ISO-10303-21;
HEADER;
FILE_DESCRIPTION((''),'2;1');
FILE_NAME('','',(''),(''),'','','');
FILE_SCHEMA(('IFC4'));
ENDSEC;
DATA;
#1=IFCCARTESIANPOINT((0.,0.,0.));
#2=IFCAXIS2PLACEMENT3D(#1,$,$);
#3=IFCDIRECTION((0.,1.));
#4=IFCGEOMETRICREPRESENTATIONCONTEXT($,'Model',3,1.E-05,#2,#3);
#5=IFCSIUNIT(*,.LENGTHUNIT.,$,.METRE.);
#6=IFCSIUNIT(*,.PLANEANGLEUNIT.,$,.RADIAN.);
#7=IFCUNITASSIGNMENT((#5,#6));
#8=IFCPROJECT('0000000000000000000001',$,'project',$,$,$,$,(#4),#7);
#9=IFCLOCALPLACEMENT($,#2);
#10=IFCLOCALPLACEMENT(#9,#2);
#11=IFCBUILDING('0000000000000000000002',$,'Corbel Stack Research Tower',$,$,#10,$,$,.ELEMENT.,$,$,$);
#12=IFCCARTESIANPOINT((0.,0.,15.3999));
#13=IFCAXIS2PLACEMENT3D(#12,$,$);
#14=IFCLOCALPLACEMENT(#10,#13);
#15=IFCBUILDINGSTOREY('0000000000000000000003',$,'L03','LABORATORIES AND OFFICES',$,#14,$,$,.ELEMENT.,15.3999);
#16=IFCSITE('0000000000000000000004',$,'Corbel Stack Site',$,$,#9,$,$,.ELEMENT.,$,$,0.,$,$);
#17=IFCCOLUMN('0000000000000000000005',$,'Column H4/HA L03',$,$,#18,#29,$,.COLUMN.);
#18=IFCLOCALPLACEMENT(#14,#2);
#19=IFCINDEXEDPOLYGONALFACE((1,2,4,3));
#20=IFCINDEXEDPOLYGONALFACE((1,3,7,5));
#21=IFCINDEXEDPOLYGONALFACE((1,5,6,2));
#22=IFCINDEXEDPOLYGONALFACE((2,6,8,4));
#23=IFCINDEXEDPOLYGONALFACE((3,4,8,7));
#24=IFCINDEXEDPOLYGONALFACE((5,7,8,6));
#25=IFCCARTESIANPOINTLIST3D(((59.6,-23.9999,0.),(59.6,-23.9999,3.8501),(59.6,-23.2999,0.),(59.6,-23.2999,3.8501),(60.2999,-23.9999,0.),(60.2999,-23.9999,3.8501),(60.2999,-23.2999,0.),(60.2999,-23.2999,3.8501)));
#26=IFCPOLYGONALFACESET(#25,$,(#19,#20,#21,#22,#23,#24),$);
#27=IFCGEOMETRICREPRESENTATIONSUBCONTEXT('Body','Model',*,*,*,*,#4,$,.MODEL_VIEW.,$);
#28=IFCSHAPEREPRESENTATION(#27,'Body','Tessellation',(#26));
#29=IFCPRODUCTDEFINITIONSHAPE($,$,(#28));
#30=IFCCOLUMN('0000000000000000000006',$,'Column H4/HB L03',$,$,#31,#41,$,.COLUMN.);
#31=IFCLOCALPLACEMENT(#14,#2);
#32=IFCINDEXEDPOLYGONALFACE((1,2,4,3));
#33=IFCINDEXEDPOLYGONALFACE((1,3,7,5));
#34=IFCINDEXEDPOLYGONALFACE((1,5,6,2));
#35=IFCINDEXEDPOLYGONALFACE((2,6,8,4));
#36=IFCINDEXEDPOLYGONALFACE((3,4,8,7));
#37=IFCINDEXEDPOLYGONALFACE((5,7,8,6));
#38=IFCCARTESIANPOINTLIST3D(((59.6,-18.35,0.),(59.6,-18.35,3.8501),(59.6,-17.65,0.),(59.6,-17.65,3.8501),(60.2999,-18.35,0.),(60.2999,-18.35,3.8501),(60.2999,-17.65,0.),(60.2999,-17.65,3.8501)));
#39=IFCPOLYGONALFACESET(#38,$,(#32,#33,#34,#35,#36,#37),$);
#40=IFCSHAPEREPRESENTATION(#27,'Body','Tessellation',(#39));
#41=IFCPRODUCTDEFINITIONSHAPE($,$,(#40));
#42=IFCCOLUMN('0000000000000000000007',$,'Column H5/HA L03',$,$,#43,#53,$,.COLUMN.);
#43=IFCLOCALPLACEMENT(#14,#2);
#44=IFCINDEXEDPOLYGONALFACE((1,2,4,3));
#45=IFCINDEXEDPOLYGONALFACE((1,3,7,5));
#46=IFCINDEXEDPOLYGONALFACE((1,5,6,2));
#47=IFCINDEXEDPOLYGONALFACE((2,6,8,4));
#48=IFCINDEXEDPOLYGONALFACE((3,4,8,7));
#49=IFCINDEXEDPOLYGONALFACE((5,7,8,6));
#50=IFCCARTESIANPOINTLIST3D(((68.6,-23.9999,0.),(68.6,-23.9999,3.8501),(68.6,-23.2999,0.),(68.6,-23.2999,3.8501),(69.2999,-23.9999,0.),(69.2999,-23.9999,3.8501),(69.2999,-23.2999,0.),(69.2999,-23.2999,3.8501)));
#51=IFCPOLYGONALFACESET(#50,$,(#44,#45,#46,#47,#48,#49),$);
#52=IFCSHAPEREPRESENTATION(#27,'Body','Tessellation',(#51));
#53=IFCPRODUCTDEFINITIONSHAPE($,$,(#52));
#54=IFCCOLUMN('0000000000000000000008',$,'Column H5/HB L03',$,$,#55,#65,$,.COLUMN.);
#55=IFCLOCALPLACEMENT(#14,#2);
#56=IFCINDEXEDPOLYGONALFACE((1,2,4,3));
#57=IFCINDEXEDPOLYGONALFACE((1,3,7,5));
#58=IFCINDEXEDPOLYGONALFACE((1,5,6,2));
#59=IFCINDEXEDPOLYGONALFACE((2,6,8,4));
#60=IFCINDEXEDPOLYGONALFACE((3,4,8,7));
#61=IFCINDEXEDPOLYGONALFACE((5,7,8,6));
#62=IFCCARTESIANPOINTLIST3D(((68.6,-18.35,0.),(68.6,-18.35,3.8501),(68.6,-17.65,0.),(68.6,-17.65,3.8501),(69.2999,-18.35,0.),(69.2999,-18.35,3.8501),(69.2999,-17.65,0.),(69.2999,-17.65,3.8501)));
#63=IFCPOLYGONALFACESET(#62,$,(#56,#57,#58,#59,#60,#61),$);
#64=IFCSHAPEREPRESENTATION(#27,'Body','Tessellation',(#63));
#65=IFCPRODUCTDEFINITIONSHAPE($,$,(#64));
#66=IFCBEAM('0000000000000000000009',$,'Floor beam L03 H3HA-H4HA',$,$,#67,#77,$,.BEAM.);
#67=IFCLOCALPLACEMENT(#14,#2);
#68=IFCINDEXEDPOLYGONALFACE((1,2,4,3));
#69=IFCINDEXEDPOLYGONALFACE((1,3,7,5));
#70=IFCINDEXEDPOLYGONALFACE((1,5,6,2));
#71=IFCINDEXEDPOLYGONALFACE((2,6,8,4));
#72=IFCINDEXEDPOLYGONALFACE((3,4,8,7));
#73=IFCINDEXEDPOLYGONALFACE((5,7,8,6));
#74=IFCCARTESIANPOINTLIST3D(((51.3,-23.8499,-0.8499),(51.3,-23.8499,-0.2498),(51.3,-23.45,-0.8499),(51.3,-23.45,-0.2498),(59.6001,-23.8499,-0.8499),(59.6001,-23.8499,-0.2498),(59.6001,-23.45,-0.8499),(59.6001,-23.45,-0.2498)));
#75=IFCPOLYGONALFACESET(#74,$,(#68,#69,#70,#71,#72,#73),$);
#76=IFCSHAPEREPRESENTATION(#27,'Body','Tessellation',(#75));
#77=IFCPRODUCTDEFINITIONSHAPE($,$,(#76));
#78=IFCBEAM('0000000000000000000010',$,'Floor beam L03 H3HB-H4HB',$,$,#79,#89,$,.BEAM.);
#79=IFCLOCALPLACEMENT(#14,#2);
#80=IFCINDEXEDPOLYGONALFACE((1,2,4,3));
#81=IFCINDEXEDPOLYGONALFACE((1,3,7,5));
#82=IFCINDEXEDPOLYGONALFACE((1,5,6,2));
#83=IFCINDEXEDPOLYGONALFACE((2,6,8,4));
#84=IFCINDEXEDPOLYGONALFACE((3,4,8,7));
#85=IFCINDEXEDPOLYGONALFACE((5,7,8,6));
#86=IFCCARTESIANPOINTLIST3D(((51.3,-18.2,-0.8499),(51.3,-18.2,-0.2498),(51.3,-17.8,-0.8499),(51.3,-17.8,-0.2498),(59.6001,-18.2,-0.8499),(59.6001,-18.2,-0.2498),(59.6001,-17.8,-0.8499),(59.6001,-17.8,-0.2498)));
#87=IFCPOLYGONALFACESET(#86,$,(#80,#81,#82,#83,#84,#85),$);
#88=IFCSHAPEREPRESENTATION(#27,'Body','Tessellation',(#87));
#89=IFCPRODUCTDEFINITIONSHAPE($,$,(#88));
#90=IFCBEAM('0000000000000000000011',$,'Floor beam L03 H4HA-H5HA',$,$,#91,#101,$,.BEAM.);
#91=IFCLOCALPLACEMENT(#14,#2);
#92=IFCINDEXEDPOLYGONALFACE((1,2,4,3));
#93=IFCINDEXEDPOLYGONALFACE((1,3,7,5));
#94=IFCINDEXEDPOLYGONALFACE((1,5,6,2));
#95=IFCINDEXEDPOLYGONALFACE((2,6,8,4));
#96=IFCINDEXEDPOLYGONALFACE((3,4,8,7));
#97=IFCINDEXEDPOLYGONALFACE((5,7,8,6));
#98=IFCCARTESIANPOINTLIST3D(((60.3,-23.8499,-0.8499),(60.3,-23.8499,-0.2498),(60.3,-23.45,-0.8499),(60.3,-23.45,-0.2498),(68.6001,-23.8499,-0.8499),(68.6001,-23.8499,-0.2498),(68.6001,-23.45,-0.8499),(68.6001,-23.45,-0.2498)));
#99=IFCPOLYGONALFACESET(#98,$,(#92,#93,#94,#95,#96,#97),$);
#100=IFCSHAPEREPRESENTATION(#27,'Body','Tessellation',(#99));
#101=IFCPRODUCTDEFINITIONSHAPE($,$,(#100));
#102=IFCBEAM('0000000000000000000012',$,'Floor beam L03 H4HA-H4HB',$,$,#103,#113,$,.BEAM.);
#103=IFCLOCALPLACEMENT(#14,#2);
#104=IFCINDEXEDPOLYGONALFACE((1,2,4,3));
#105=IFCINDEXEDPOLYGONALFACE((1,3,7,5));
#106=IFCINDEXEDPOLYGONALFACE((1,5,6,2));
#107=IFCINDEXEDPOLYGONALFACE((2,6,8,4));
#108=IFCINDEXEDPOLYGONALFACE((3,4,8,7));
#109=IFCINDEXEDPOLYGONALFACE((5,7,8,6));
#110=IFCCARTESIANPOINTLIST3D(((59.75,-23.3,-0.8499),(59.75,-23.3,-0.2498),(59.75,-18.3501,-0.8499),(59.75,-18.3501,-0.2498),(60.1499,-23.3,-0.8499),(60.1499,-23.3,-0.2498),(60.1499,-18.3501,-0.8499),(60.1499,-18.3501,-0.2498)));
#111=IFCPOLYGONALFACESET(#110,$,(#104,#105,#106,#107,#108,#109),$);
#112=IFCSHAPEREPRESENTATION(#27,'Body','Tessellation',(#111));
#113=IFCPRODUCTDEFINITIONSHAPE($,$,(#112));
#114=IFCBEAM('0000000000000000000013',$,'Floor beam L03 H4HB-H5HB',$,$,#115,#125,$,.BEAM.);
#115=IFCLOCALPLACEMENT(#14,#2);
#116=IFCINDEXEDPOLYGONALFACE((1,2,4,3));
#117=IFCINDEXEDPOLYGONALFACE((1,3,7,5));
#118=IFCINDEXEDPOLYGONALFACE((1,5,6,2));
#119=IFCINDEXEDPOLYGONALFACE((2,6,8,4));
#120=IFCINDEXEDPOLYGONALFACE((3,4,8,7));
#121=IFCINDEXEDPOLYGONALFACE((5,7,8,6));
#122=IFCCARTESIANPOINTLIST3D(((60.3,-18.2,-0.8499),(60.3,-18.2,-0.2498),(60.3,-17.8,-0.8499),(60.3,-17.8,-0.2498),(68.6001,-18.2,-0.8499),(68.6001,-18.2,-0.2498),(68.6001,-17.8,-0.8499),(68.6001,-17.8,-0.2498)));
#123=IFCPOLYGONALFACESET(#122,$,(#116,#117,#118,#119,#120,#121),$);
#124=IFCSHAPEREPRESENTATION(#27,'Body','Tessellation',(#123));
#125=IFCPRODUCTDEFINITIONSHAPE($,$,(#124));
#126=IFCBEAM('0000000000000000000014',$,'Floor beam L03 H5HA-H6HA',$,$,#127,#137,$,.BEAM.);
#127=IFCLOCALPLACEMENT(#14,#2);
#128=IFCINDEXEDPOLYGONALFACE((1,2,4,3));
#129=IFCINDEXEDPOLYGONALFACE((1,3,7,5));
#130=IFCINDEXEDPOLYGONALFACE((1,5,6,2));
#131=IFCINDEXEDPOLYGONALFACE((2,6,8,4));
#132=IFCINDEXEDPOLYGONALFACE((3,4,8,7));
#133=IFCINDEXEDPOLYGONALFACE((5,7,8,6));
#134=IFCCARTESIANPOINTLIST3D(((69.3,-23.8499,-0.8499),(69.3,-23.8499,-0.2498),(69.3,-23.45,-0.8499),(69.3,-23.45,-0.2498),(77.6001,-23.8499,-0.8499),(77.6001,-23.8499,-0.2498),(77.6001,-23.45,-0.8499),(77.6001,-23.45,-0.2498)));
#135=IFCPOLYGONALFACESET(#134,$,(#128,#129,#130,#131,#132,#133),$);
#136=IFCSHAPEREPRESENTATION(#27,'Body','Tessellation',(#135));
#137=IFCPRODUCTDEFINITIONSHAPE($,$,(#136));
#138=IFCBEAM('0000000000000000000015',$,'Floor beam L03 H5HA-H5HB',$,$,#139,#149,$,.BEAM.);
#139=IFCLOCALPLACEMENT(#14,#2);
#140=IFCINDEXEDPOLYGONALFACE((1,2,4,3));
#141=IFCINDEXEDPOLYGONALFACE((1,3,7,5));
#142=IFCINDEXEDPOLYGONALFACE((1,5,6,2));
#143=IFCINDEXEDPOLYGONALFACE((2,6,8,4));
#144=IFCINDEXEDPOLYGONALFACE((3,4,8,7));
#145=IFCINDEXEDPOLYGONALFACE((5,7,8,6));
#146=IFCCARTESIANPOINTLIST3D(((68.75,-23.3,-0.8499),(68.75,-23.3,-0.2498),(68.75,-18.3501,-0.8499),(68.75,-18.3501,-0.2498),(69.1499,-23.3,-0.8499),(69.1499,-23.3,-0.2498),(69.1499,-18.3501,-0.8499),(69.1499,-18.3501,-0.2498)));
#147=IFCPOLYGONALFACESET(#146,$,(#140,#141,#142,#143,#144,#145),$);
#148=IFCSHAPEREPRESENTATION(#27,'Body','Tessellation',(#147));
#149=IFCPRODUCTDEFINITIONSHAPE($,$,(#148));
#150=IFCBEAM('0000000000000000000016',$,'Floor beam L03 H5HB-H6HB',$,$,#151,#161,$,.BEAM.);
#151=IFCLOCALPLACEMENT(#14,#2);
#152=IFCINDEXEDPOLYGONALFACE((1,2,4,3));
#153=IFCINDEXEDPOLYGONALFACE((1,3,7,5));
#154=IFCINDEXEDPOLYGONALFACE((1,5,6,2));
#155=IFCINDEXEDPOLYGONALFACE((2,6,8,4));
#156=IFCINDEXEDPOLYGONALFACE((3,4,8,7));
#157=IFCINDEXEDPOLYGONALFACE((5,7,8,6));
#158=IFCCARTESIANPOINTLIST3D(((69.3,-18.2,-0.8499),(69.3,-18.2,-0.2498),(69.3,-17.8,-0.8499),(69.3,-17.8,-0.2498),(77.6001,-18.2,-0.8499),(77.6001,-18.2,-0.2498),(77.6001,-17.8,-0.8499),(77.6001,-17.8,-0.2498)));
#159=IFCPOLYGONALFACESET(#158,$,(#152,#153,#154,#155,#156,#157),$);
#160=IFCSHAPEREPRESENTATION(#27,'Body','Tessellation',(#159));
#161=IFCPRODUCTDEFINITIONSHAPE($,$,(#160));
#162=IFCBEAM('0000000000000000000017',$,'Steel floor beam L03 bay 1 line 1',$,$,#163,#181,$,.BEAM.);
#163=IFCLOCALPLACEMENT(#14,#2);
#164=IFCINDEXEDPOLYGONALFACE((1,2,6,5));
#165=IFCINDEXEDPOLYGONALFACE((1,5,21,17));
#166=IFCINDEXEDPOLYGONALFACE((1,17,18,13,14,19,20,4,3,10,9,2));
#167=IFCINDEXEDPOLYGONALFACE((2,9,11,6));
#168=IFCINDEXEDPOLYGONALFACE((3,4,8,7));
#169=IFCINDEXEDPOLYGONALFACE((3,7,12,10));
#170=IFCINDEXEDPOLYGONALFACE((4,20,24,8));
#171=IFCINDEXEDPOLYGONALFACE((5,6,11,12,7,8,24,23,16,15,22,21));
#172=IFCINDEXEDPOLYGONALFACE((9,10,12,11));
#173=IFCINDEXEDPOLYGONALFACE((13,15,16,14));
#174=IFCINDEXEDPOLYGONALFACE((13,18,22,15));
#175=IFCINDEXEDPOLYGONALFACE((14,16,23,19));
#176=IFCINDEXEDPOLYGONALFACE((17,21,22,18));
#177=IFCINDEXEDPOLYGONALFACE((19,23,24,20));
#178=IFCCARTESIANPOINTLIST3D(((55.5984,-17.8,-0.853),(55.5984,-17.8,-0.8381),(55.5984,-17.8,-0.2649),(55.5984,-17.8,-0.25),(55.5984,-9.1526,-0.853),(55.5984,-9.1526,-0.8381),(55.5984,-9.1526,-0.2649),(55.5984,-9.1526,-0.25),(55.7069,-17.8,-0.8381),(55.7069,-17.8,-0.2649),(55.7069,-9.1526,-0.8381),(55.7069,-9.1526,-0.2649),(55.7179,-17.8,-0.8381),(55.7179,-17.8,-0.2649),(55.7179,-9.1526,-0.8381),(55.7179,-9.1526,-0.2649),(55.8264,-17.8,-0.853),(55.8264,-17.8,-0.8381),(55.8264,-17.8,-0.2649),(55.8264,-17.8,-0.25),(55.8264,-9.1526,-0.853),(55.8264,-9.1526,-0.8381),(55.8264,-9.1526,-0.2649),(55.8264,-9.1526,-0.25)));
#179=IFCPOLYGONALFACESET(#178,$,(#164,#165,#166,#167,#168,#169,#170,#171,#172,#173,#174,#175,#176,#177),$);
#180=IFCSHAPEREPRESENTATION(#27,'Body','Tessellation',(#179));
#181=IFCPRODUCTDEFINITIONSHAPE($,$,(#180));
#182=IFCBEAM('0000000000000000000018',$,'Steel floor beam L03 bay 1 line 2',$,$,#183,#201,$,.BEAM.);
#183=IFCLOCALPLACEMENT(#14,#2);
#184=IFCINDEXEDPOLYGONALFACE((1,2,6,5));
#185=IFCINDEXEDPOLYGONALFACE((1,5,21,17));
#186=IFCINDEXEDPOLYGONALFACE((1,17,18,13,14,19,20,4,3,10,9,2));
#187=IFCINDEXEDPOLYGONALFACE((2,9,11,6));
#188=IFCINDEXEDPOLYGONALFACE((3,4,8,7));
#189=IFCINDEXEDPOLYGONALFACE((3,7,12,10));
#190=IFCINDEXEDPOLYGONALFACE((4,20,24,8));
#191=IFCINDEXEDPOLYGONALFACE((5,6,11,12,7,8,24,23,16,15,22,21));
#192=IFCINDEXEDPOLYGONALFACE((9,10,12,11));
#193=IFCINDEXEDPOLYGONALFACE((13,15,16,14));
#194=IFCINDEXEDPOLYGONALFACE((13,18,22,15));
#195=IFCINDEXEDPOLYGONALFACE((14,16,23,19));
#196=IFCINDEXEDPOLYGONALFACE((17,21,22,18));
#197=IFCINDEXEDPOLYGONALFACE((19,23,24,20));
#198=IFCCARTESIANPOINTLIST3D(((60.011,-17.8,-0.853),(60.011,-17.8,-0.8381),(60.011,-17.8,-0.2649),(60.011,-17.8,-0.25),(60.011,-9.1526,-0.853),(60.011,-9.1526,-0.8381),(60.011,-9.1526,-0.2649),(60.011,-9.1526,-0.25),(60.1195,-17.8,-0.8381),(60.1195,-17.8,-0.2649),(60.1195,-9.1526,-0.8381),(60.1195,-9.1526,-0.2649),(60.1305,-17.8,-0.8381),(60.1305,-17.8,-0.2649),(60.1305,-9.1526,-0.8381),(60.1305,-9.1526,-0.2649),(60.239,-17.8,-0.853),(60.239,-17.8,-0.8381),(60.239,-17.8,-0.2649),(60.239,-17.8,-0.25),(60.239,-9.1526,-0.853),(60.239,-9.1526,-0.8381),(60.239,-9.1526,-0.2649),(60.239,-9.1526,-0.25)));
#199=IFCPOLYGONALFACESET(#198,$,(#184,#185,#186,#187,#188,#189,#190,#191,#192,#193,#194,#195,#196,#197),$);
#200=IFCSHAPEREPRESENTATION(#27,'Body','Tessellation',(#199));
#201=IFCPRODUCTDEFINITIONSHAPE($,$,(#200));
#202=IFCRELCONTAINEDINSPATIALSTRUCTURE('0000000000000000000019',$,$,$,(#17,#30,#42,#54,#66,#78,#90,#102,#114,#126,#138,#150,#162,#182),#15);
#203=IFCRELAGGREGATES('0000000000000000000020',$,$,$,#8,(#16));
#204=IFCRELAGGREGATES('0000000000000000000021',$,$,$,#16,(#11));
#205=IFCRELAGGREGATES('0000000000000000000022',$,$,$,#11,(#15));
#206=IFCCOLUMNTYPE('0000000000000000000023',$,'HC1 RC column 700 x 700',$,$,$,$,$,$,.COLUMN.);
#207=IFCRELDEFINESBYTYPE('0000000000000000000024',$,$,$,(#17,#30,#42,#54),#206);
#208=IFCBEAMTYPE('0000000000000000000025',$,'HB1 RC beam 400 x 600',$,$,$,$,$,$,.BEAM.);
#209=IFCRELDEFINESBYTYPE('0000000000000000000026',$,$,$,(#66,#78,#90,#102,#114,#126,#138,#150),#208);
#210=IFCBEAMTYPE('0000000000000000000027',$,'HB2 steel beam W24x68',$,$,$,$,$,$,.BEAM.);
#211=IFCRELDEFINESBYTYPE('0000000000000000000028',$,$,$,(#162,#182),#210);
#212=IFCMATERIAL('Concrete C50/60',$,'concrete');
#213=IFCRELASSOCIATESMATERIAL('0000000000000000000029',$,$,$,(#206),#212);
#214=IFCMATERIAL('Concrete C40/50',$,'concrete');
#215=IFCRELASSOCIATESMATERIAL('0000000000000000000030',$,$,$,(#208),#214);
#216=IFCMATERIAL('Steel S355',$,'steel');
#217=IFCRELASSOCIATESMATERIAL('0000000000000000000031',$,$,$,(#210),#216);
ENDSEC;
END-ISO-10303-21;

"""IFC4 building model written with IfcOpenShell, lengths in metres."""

from ifc_helpers import new_model, si_unit, direction, frame, origin, origin_2d, place, context, subcontext, project, spatial, rectangle, i_section, extrude, material, material_profile, profile_set, type_object, element, save


model = new_model("IFC4")

# Units and contexts
model_context = context("Model", 3, precision=1e-05, world=origin(), true_north=direction((0.0, 1.0)))
body_context = subcontext(model_context, "Body", "Model", "MODEL_VIEW")
ifc_project = project(units=[si_unit("LENGTHUNIT", "METRE"), si_unit("PLANEANGLEUNIT", "RADIAN")], contexts=[model_context])

# Site, building, storey
site_placement = place(None, origin())
site = spatial("IfcSite", under=ifc_project, at=site_placement, Name="Corbel Stack Site", CompositionType="ELEMENT", RefElevation=0.0)
building_placement = place(site_placement, origin())
building = spatial("IfcBuilding", under=site, at=building_placement, Name="Corbel Stack Research Tower", CompositionType="ELEMENT")
storey_placement = place(building_placement, frame((0.0, 0.0, 15.3999)))
storey = spatial("IfcBuildingStorey", under=building, at=storey_placement, Name="L03", Description="LABORATORIES AND OFFICES", CompositionType="ELEMENT", Elevation=15.3999)

# Columns
ifc_material_1 = material(Name="Concrete C50/60", Category="concrete")
ifc_material_profile_1 = material_profile(ifc_material_1, rectangle(XDim=0.7, YDim=0.7, at=origin_2d()), Name="RC 700 x 700")
ifc_profile_set_1 = profile_set([ifc_material_profile_1], Name="Concrete C50/60")
column_type = type_object("IfcColumnType", Name="HC1 RC column 700 x 700", PredefinedType="COLUMN", material=ifc_profile_set_1)
for number, where, z_axis, x_axis, name in (
    (1, (59.95, -23.6499, 0.0), (0.0, 0.0, 1.0), (1.0, 0.0, 0.0), "Column H4/HA L03"),
    (2, (59.95, -18.0, 0.0), (0.0, 0.0, 1.0), (1.0, 0.0, 0.0), "Column H4/HB L03"),
    (3, (68.95, -23.6499, 0.0), (0.0, 0.0, 1.0), (1.0, 0.0, 0.0), "Column H5/HA L03"),
    (4, (68.95, -18.0, 0.0), (0.0, 0.0, 1.0), (1.0, 0.0, 0.0), "Column H5/HB L03"),
):
    element("IfcColumn", number, at=place(storey_placement, frame(where, z_axis=z_axis, x_axis=x_axis)), inside=storey, type_object=column_type, Name=name, PredefinedType="COLUMN", context=body_context, shape_type="SweptSolid", body=[
        extrude(rectangle(XDim=0.7, YDim=0.7, at=origin_2d()), origin(), (0.0, 0.0, 1.0), 3.8501),
    ])

# Beams
ifc_material_2 = material(Name="Concrete C40/50", Category="concrete")
ifc_material_profile_2 = material_profile(ifc_material_2, rectangle(XDim=0.3999, YDim=0.6001, at=origin_2d()), Name="RC 400 x 600")
ifc_profile_set_2 = profile_set([ifc_material_profile_2], Name="Concrete C40/50")
beam_type_1 = type_object("IfcBeamType", Name="HB1 RC beam 400 x 600", PredefinedType="BEAM", material=ifc_profile_set_2)
for number, where, z_axis, x_axis, name in (
    (5, (51.3, -23.6499, -0.5498), (1.0, 0.0, 0.0), (0.0, 1.0, 0.0), "Floor beam L03 H3HA-H4HA"),
    (6, (51.3, -18.0, -0.5498), (1.0, 0.0, 0.0), (0.0, 1.0, 0.0), "Floor beam L03 H3HB-H4HB"),
    (7, (60.3, -23.6499, -0.5498), (1.0, 0.0, 0.0), (0.0, 1.0, 0.0), "Floor beam L03 H4HA-H5HA"),
):
    element("IfcBeam", number, at=place(storey_placement, frame(where, z_axis=z_axis, x_axis=x_axis)), inside=storey, type_object=beam_type_1, Name=name, PredefinedType="BEAM", context=body_context, shape_type="SweptSolid", body=[
        extrude(rectangle(XDim=0.3999, YDim=0.6001, at=origin_2d()), origin(), (0.0, 0.0, 1.0), 8.3),
    ])
beam_1_placement = place(storey_placement, frame((59.95, -23.3, -0.5498), z_axis=(0.0, 1.0, 0.0), x_axis=(-1.0, 0.0, 0.0)))
element("IfcBeam", 8, at=beam_1_placement, inside=storey, type_object=beam_type_1, Name="Floor beam L03 H4HA-H4HB", PredefinedType="BEAM", context=body_context, shape_type="SweptSolid", body=[
    extrude(rectangle(XDim=0.3999, YDim=0.6001, at=origin_2d()), origin(), (0.0, 0.0, 1.0), 4.95),
])
for number, where, z_axis, x_axis, name in (
    (9, (60.3, -18.0, -0.5498), (1.0, 0.0, 0.0), (0.0, 1.0, 0.0), "Floor beam L03 H4HB-H5HB"),
    (10, (69.3, -23.6499, -0.5498), (1.0, 0.0, 0.0), (0.0, 1.0, 0.0), "Floor beam L03 H5HA-H6HA"),
):
    element("IfcBeam", number, at=place(storey_placement, frame(where, z_axis=z_axis, x_axis=x_axis)), inside=storey, type_object=beam_type_1, Name=name, PredefinedType="BEAM", context=body_context, shape_type="SweptSolid", body=[
        extrude(rectangle(XDim=0.3999, YDim=0.6001, at=origin_2d()), origin(), (0.0, 0.0, 1.0), 8.3),
    ])
beam_2_placement = place(storey_placement, frame((68.95, -23.3, -0.5498), z_axis=(0.0, 1.0, 0.0), x_axis=(-1.0, 0.0, 0.0)))
element("IfcBeam", 11, at=beam_2_placement, inside=storey, type_object=beam_type_1, Name="Floor beam L03 H5HA-H5HB", PredefinedType="BEAM", context=body_context, shape_type="SweptSolid", body=[
    extrude(rectangle(XDim=0.3999, YDim=0.6001, at=origin_2d()), origin(), (0.0, 0.0, 1.0), 4.95),
])
beam_3_placement = place(storey_placement, frame((69.3, -18.0, -0.5498), z_axis=(1.0, 0.0, 0.0), x_axis=(0.0, 1.0, 0.0)))
element("IfcBeam", 12, at=beam_3_placement, inside=storey, type_object=beam_type_1, Name="Floor beam L03 H5HB-H6HB", PredefinedType="BEAM", context=body_context, shape_type="SweptSolid", body=[
    extrude(rectangle(XDim=0.3999, YDim=0.6001, at=origin_2d()), origin(), (0.0, 0.0, 1.0), 8.3),
])
ifc_material_3 = material(Name="Steel S355", Category="steel")
ifc_material_profile_3 = material_profile(ifc_material_3, i_section(OverallWidth=0.228, OverallDepth=0.603, WebThickness=0.011, FlangeThickness=0.0149, at=origin_2d()), Name="W24x68")
ifc_profile_set_3 = profile_set([ifc_material_profile_3], Name="Steel S355")
beam_type_2 = type_object("IfcBeamType", Name="HB2 steel beam W24x68", PredefinedType="BEAM", material=ifc_profile_set_3)
for number, where, z_axis, x_axis, name in (
    (13, (55.7124, -17.8, -0.5515), (0.0, 1.0, 0.0), (-1.0, 0.0, 0.0), "Steel floor beam L03 bay 1 line 1"),
    (14, (60.125, -17.8, -0.5515), (0.0, 1.0, 0.0), (-1.0, 0.0, 0.0), "Steel floor beam L03 bay 1 line 2"),
):
    element("IfcBeam", number, at=place(storey_placement, frame(where, z_axis=z_axis, x_axis=x_axis)), inside=storey, type_object=beam_type_2, Name=name, PredefinedType="BEAM", context=body_context, shape_type="SweptSolid", body=[
        extrude(i_section(OverallWidth=0.228, OverallDepth=0.603, WebThickness=0.011, FlangeThickness=0.0149, at=origin_2d()), origin(), (0.0, 0.0, 1.0), 8.6475),
    ])

save(model, "model.ifc")
